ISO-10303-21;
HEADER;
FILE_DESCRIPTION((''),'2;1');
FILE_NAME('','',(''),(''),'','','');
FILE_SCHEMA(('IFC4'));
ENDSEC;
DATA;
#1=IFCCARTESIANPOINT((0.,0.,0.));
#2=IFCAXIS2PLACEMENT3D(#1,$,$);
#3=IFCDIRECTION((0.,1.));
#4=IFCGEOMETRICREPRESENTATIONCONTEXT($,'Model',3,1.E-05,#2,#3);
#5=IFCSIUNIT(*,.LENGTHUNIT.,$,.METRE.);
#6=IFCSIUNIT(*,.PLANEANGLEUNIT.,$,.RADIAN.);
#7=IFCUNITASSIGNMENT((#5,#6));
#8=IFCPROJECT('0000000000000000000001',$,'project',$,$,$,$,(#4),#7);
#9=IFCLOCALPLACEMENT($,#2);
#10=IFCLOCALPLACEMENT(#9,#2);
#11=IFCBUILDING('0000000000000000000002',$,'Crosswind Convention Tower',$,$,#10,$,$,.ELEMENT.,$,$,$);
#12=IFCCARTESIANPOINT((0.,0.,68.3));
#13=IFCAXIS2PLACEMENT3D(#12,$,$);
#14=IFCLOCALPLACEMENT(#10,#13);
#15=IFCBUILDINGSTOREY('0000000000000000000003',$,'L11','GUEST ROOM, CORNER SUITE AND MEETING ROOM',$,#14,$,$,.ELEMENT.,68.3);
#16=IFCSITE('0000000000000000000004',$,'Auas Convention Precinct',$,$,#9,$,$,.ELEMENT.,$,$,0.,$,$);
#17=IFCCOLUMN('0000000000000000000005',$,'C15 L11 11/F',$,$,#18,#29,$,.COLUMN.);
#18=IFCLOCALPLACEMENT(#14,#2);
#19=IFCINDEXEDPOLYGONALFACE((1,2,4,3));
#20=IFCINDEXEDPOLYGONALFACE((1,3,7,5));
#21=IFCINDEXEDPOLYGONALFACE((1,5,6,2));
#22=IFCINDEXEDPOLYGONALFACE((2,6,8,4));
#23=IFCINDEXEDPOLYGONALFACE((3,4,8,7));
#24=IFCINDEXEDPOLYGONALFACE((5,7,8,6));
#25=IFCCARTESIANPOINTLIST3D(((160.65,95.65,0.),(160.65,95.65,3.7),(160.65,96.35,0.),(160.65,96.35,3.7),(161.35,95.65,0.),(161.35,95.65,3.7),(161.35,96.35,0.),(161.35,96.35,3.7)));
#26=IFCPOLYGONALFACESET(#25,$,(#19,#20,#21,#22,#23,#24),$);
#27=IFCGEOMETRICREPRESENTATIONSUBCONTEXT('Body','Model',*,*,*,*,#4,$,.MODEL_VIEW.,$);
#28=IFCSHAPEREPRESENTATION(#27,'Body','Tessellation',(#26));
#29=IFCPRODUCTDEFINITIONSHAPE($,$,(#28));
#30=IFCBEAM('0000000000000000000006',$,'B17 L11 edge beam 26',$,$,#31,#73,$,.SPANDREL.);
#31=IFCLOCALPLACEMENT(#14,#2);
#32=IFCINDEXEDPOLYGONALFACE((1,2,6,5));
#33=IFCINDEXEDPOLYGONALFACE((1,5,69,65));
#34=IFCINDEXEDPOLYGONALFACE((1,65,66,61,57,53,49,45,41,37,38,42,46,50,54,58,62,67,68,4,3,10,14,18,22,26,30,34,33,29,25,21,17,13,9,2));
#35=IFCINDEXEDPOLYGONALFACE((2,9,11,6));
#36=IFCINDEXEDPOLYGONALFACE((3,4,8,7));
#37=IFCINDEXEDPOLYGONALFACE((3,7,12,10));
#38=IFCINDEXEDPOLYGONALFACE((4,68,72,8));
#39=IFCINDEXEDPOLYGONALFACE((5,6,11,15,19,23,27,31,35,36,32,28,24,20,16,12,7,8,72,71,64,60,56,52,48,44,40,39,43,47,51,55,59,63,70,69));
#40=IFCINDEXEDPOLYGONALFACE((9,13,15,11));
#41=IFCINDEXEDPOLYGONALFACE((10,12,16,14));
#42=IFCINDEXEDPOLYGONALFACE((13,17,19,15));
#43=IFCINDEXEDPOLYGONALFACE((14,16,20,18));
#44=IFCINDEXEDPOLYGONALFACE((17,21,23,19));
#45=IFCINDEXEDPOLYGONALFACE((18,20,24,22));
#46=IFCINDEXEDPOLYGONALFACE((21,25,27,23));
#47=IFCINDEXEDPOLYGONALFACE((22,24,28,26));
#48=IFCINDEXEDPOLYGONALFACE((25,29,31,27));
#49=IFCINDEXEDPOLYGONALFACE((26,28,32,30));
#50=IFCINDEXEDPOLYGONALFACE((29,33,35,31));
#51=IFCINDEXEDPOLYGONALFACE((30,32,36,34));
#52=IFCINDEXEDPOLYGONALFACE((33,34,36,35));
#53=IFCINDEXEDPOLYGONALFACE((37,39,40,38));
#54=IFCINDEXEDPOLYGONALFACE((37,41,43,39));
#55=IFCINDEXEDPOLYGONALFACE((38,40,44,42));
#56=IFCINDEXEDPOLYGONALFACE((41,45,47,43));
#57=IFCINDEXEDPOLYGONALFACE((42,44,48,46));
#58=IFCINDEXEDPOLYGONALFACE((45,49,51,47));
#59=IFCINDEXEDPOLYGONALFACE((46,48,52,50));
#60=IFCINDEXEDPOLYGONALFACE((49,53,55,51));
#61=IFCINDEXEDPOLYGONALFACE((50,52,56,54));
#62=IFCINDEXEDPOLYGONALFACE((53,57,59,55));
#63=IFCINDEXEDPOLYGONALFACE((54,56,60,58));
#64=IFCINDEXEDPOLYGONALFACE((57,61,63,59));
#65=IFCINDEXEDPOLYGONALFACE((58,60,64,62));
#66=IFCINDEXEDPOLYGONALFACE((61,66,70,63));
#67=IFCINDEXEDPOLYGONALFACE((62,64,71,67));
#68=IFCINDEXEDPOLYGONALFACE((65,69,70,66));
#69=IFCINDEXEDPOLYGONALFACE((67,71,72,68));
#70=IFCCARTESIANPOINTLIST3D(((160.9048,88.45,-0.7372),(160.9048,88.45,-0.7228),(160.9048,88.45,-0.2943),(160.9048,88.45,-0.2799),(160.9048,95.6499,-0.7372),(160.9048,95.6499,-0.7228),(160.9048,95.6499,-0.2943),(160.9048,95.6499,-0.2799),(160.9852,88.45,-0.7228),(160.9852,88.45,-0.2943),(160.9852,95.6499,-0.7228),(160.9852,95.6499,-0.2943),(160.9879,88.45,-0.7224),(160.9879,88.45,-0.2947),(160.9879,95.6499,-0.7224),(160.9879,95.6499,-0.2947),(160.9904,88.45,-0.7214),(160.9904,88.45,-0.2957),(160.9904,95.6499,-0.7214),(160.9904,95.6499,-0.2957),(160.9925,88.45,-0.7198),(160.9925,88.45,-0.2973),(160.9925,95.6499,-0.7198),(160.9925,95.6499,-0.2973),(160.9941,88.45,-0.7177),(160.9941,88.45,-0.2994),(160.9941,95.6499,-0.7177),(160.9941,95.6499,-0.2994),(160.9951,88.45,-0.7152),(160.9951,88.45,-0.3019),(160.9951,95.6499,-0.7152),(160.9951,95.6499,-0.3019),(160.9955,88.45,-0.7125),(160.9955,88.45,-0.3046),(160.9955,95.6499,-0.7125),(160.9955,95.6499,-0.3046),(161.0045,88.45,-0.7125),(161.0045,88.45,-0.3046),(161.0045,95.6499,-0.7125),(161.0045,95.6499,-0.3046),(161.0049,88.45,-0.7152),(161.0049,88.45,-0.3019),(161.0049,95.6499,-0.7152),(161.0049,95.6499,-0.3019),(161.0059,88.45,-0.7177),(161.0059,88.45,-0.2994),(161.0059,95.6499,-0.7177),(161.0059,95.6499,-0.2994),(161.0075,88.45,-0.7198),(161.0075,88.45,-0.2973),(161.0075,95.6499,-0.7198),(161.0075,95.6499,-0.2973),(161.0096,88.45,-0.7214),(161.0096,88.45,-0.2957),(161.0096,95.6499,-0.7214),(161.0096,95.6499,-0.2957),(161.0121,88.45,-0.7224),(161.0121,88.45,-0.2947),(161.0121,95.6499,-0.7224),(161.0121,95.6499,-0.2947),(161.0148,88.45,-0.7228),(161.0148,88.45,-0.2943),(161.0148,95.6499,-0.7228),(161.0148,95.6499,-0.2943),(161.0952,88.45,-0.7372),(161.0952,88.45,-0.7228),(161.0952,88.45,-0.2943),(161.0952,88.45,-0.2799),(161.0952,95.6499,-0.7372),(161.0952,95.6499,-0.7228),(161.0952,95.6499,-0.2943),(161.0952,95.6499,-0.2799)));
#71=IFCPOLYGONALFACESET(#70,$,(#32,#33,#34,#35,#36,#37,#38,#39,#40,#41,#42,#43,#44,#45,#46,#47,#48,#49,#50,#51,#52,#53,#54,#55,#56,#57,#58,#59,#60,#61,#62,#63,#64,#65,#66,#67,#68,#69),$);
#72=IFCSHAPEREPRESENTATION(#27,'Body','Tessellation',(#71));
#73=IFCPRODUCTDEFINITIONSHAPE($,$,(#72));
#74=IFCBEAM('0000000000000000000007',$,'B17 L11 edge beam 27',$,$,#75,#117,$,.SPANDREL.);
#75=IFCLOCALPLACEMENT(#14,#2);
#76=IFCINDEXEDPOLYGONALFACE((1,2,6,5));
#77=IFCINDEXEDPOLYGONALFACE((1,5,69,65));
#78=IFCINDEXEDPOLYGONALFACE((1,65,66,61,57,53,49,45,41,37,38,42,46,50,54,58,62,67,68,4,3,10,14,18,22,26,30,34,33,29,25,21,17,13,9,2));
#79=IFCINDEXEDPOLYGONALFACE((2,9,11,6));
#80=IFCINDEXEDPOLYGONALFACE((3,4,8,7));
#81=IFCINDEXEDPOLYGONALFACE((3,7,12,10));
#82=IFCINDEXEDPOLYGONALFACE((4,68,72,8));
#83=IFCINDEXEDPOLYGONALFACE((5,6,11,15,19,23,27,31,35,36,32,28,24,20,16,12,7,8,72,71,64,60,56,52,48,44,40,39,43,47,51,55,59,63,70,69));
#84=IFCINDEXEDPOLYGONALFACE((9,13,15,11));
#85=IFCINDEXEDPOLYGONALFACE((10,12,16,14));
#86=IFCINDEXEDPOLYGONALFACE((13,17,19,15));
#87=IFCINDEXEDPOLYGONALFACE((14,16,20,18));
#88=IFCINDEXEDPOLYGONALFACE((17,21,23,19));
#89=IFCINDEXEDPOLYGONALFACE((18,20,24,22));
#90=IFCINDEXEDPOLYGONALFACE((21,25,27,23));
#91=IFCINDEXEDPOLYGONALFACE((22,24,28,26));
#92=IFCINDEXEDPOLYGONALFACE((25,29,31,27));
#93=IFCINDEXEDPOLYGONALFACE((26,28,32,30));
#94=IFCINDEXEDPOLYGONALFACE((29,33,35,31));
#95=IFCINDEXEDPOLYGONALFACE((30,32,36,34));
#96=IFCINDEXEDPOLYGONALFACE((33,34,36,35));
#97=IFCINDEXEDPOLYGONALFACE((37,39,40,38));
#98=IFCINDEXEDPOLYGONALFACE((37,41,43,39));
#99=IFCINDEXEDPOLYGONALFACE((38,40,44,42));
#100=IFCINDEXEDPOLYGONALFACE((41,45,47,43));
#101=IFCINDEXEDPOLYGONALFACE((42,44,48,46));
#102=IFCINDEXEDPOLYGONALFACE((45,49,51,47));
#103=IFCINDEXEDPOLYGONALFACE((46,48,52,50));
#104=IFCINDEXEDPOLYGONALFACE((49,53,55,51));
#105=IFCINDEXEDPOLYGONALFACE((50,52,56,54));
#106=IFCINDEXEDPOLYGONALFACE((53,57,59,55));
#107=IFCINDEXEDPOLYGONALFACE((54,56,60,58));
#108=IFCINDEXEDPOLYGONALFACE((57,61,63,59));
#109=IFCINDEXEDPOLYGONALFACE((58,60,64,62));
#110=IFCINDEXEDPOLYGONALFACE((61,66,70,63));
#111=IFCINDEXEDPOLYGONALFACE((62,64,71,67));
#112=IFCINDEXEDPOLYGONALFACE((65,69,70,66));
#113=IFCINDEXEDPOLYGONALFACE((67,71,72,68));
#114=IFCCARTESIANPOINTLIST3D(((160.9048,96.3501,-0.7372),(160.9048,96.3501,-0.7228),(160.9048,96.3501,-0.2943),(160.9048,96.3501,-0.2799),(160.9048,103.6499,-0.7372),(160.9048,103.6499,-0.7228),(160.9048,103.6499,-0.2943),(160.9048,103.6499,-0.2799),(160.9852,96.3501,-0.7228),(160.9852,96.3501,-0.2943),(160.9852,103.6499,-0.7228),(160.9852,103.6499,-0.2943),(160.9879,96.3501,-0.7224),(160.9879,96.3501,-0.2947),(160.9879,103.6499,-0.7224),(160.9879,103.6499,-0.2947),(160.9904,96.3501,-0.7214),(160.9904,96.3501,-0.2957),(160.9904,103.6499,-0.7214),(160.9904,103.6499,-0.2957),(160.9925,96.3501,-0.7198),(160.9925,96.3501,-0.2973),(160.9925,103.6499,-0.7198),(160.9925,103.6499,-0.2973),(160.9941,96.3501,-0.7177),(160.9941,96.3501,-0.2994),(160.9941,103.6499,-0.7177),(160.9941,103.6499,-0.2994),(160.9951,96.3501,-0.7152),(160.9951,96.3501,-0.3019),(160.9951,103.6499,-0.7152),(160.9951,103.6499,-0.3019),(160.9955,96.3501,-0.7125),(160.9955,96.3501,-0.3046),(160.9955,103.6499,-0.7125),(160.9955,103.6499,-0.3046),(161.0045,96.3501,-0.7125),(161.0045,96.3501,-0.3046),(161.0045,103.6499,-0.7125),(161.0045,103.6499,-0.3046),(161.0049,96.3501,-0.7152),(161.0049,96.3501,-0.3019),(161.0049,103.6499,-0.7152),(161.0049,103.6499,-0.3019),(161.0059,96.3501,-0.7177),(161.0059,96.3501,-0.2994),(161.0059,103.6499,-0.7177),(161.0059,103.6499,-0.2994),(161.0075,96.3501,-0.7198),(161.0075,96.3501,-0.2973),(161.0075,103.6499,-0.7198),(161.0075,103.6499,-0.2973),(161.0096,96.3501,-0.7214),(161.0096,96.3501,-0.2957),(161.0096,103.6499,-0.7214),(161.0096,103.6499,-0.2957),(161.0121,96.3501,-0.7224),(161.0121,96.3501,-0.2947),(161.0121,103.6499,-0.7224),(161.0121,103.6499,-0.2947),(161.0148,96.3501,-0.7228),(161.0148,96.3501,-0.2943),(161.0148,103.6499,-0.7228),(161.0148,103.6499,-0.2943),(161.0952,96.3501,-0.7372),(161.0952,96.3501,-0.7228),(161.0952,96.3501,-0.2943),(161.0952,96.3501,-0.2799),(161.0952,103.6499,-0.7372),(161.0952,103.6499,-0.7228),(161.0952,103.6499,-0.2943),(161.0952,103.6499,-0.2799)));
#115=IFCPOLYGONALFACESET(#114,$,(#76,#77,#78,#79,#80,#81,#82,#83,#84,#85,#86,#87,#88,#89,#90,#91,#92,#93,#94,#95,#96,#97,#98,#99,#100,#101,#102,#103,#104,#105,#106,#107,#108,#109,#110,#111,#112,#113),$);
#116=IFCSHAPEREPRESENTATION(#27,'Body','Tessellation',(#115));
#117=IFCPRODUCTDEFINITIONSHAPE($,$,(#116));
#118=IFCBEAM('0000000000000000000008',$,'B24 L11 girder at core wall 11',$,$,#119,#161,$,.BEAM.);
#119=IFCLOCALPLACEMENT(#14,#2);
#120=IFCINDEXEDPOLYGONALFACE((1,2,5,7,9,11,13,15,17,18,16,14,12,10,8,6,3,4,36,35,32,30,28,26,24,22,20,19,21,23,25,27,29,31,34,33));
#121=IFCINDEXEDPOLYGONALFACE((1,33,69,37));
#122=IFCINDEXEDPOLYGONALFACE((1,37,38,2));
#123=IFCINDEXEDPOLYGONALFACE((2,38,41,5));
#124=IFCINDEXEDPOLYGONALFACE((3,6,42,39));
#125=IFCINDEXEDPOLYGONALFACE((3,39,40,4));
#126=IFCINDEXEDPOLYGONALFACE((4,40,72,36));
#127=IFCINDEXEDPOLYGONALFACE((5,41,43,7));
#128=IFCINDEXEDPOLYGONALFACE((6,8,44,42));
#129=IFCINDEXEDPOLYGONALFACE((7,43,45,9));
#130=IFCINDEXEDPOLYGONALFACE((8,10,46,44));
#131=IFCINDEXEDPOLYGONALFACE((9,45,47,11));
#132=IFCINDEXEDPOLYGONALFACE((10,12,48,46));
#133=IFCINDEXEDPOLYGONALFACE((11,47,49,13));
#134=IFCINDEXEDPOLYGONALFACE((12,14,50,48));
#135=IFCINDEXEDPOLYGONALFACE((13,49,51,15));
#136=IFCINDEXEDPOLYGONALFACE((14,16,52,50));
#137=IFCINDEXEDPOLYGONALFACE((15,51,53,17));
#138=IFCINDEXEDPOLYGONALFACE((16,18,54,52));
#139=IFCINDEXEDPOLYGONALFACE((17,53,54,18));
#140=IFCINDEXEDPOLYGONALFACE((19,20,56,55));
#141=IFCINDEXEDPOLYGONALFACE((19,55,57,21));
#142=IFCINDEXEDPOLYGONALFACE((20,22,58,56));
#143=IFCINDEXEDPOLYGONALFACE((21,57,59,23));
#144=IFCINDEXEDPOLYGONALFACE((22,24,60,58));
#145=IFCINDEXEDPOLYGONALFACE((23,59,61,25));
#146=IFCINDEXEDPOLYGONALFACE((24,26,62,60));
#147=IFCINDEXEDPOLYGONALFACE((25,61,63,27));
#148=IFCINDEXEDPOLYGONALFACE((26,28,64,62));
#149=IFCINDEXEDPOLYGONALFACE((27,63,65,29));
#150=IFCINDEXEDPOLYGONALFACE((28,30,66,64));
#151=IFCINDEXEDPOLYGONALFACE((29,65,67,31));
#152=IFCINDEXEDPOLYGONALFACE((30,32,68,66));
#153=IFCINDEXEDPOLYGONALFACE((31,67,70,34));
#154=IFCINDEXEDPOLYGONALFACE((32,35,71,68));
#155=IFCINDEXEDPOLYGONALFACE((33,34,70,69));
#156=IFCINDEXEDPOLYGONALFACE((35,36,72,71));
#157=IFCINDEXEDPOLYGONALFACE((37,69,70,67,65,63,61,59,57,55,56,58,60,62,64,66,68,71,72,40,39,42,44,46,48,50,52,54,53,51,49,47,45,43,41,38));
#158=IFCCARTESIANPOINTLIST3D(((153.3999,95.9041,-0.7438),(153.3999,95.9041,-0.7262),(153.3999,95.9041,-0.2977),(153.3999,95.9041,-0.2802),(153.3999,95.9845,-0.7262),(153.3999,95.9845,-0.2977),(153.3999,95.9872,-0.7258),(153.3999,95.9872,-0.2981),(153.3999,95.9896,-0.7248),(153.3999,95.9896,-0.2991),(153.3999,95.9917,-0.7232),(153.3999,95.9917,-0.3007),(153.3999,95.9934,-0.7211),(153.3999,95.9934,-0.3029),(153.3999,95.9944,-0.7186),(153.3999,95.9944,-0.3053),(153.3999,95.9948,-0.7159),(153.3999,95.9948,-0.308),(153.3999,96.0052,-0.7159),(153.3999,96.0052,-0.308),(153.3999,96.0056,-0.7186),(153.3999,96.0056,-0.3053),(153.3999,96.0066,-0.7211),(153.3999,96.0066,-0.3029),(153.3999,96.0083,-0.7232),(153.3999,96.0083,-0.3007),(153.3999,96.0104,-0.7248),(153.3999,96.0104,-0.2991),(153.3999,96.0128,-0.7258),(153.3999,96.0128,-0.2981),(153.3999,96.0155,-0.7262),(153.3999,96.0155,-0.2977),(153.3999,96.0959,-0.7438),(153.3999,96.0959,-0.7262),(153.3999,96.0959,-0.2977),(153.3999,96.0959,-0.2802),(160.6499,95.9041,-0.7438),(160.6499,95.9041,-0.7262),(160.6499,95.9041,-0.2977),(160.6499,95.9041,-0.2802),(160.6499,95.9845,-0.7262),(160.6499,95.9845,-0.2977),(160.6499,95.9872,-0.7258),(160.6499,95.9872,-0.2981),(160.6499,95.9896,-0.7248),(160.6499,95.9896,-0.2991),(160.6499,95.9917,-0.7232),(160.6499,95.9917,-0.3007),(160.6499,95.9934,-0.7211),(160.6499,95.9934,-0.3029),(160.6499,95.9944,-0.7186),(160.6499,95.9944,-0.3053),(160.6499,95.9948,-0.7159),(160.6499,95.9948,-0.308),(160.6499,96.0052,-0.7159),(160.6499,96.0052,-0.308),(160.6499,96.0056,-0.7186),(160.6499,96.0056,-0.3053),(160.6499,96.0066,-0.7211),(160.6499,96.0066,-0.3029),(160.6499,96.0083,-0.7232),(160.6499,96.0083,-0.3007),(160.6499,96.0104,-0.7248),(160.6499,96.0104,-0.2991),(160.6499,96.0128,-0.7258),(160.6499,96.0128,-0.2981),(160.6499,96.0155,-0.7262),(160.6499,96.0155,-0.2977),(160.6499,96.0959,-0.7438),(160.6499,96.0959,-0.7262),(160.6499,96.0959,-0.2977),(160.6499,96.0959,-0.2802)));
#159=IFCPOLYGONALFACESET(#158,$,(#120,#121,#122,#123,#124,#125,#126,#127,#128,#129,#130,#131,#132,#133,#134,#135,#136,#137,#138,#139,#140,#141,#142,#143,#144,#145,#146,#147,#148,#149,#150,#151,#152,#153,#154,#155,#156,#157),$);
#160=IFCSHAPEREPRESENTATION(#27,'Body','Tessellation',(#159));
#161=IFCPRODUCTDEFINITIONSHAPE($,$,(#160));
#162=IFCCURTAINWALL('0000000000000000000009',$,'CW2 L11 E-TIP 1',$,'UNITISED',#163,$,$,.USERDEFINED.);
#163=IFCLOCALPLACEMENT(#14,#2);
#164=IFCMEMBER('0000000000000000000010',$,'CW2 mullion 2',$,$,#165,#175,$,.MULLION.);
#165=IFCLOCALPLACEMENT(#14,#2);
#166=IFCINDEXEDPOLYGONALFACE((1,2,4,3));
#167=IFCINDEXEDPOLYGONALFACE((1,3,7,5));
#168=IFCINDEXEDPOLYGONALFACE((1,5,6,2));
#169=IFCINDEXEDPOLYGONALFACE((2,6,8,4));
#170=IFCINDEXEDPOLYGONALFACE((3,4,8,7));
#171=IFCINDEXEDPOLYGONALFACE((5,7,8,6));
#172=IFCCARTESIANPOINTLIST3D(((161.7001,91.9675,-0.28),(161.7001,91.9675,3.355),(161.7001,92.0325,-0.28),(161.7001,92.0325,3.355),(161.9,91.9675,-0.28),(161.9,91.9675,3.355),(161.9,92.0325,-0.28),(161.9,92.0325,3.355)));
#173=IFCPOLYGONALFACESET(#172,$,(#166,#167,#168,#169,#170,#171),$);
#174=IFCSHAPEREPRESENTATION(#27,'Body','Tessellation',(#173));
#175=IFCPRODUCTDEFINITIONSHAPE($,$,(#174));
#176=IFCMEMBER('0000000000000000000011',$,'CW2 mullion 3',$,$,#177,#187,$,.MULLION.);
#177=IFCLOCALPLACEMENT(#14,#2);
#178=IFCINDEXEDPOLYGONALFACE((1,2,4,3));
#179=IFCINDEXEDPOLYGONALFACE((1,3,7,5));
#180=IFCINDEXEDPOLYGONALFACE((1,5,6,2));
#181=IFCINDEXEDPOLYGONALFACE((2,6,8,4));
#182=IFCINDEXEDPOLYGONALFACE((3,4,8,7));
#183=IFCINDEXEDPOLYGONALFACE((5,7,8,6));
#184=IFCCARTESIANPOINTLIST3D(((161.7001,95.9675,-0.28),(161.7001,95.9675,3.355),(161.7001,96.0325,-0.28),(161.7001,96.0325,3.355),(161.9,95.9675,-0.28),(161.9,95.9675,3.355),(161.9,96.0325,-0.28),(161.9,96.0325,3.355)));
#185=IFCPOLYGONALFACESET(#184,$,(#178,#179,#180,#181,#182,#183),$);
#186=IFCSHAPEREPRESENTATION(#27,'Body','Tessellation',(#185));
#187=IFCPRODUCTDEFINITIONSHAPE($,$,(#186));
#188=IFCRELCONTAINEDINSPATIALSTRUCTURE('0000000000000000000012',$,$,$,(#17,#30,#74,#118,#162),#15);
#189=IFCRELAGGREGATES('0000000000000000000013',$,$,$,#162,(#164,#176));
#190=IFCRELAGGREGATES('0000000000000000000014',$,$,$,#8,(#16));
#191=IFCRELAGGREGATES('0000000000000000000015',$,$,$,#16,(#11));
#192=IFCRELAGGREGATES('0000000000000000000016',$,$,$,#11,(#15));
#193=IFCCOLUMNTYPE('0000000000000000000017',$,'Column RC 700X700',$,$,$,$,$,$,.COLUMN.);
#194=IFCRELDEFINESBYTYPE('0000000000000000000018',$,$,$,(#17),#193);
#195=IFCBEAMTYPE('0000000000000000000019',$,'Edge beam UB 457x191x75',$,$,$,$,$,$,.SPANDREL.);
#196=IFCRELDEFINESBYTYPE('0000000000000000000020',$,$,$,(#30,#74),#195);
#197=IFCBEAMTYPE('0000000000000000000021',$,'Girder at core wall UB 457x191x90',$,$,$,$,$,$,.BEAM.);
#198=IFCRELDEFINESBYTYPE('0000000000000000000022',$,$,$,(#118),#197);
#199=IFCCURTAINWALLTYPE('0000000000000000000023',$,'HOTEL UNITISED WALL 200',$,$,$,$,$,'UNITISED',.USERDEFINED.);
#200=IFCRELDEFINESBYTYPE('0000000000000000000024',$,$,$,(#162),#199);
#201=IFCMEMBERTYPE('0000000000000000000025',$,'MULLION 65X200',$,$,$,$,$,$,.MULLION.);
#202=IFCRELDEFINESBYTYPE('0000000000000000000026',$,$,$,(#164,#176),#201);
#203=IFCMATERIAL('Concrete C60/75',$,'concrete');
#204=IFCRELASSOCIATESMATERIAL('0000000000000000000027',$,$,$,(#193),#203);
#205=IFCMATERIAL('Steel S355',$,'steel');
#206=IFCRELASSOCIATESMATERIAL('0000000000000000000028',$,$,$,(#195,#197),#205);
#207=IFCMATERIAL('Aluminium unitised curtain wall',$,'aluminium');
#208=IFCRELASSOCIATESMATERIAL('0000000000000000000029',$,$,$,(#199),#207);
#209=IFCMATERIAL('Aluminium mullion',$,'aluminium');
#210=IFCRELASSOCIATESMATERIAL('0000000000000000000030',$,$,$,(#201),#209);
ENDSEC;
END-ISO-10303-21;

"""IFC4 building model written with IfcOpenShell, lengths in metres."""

from ifc_helpers import new_model, si_unit, direction, frame, origin, origin_2d, place, context, subcontext, project, spatial, rectangle, i_section, extrude, material, material_profile, profile_set, type_object, element, aggregate, save


model = new_model("IFC4")

# Units and contexts
model_context = context("Model", 3, precision=1e-05, world=origin(), true_north=direction((0.0, 1.0)))
body_context = subcontext(model_context, "Body", "Model", "MODEL_VIEW")
ifc_project = project(units=[si_unit("LENGTHUNIT", "METRE"), si_unit("PLANEANGLEUNIT", "RADIAN")], contexts=[model_context])

# Site, building, storey
site_placement = place(None, origin())
site = spatial("IfcSite", under=ifc_project, at=site_placement, Name="Auas Convention Precinct", CompositionType="ELEMENT", RefElevation=0.0)
building_placement = place(site_placement, origin())
building = spatial("IfcBuilding", under=site, at=building_placement, Name="Crosswind Convention Tower", CompositionType="ELEMENT")
storey_placement = place(building_placement, frame((0.0, 0.0, 68.3)))
storey = spatial("IfcBuildingStorey", under=building, at=storey_placement, Name="L11", Description="GUEST ROOM, CORNER SUITE AND MEETING ROOM", CompositionType="ELEMENT", Elevation=68.3)

# Column
ifc_material_1 = material(Name="Concrete C60/75", Category="concrete")
ifc_material_profile_1 = material_profile(ifc_material_1, rectangle(XDim=0.7, YDim=0.7, at=origin_2d()), Name="RC 700X700")
ifc_profile_set_1 = profile_set([ifc_material_profile_1], Name="Concrete C60/75")
column_type = type_object("IfcColumnType", Name="Column RC 700X700", PredefinedType="COLUMN", material=ifc_profile_set_1)
column_placement = place(storey_placement, frame((161.0, 96.0, 0.0), z_axis=(0.0, 0.0, 1.0), x_axis=(1.0, 0.0, 0.0)))
element("IfcColumn", 1, at=column_placement, inside=storey, type_object=column_type, Name="C15 L11 11/F", PredefinedType="COLUMN", context=body_context, shape_type="SweptSolid", body=[
    extrude(rectangle(XDim=0.7, YDim=0.7, at=origin_2d()), origin(), (0.0, 0.0, 1.0), 3.7),
])

# Beams
ifc_material_2 = material(Name="Steel S355", Category="steel")
ifc_material_profile_2 = material_profile(ifc_material_2, i_section(OverallWidth=0.1904, OverallDepth=0.4573, WebThickness=0.009, FlangeThickness=0.0144, FilletRadius=0.0103, at=origin_2d()), Name="UB 457x191x75")
ifc_profile_set_2 = profile_set([ifc_material_profile_2], Name="Steel S355")
beam_type_1 = type_object("IfcBeamType", Name="Edge beam UB 457x191x75", PredefinedType="SPANDREL", material=ifc_profile_set_2)
beam_1_placement = place(storey_placement, frame((161.0, 88.45, -0.5085), z_axis=(0.0, 1.0, 0.0), x_axis=(-1.0, 0.0, 0.0)))
element("IfcBeam", 2, at=beam_1_placement, inside=storey, type_object=beam_type_1, Name="B17 L11 edge beam 26", PredefinedType="SPANDREL", context=body_context, shape_type="SweptSolid", body=[
    extrude(i_section(OverallWidth=0.1904, OverallDepth=0.4573, WebThickness=0.009, FlangeThickness=0.0144, FilletRadius=0.0103, at=origin_2d()), origin(), (0.0, 0.0, 1.0), 7.2),
])
beam_2_placement = place(storey_placement, frame((161.0, 96.3501, -0.5085), z_axis=(0.0, 1.0, 0.0), x_axis=(-1.0, 0.0, 0.0)))
element("IfcBeam", 3, at=beam_2_placement, inside=storey, type_object=beam_type_1, Name="B17 L11 edge beam 27", PredefinedType="SPANDREL", context=body_context, shape_type="SweptSolid", body=[
    extrude(i_section(OverallWidth=0.1904, OverallDepth=0.4573, WebThickness=0.009, FlangeThickness=0.0144, FilletRadius=0.0103, at=origin_2d()), origin(), (0.0, 0.0, 1.0), 7.2998),
])
ifc_material_profile_3 = material_profile(ifc_material_2, i_section(OverallWidth=0.1919, OverallDepth=0.4636, WebThickness=0.0105, FlangeThickness=0.0176, FilletRadius=0.0103, at=origin_2d()), Name="UB 457x191x90")
ifc_profile_set_3 = profile_set([ifc_material_profile_3], Name="Steel S355")
beam_type_2 = type_object("IfcBeamType", Name="Girder at core wall UB 457x191x90", PredefinedType="BEAM", material=ifc_profile_set_3)
beam_3_placement = place(storey_placement, frame((153.3999, 96.0, -0.512), z_axis=(1.0, 0.0, 0.0), x_axis=(0.0, 1.0, 0.0)))
element("IfcBeam", 4, at=beam_3_placement, inside=storey, type_object=beam_type_2, Name="B24 L11 girder at core wall 11", PredefinedType="BEAM", context=body_context, shape_type="SweptSolid", body=[
    extrude(i_section(OverallWidth=0.1919, OverallDepth=0.4636, WebThickness=0.0105, FlangeThickness=0.0176, FilletRadius=0.0103, at=origin_2d()), origin(), (0.0, 0.0, 1.0), 7.25),
])

# Curtain wall, members
ifc_material_3 = material(Name="Aluminium unitised curtain wall", Category="aluminium")
curtain_wall_type = type_object("IfcCurtainWallType", Name="HOTEL UNITISED WALL 200", ElementType="UNITISED", PredefinedType="USERDEFINED", material=ifc_material_3)
curtain_wall_placement = place(storey_placement, origin())
curtain_wall = element("IfcCurtainWall", 5, at=curtain_wall_placement, inside=storey, type_object=curtain_wall_type, Name="CW2 L11 E-TIP 1", ObjectType="UNITISED", PredefinedType="USERDEFINED")
ifc_material_4 = material(Name="Aluminium mullion", Category="aluminium")
ifc_material_profile_4 = material_profile(ifc_material_4, rectangle(XDim=0.2, YDim=0.0649, at=origin_2d()), Name="AL 200X65")
ifc_profile_set_4 = profile_set([ifc_material_profile_4], Name="Aluminium mullion")
member_type = type_object("IfcMemberType", Name="MULLION 65X200", PredefinedType="MULLION", material=ifc_profile_set_4)
member_1_placement = place(storey_placement, frame((161.8, 92.0, -0.28), z_axis=(0.0, 0.0, 1.0), x_axis=(1.0, 0.0, 0.0)))
member_1 = element("IfcMember", 6, at=member_1_placement, type_object=member_type, Name="CW2 mullion 2", PredefinedType="MULLION", context=body_context, shape_type="SweptSolid", body=[
    extrude(rectangle(XDim=0.2, YDim=0.0649, at=origin_2d()), origin(), (0.0, 0.0, 1.0), 3.635),
])
member_2_placement = place(storey_placement, frame((161.8, 96.0, -0.28), z_axis=(0.0, 0.0, 1.0), x_axis=(1.0, 0.0, 0.0)))
member_2 = element("IfcMember", 7, at=member_2_placement, type_object=member_type, Name="CW2 mullion 3", PredefinedType="MULLION", context=body_context, shape_type="SweptSolid", body=[
    extrude(rectangle(XDim=0.2, YDim=0.0649, at=origin_2d()), origin(), (0.0, 0.0, 1.0), 3.635),
])
aggregate(curtain_wall, [member_1, member_2])

save(model, "model.ifc")
